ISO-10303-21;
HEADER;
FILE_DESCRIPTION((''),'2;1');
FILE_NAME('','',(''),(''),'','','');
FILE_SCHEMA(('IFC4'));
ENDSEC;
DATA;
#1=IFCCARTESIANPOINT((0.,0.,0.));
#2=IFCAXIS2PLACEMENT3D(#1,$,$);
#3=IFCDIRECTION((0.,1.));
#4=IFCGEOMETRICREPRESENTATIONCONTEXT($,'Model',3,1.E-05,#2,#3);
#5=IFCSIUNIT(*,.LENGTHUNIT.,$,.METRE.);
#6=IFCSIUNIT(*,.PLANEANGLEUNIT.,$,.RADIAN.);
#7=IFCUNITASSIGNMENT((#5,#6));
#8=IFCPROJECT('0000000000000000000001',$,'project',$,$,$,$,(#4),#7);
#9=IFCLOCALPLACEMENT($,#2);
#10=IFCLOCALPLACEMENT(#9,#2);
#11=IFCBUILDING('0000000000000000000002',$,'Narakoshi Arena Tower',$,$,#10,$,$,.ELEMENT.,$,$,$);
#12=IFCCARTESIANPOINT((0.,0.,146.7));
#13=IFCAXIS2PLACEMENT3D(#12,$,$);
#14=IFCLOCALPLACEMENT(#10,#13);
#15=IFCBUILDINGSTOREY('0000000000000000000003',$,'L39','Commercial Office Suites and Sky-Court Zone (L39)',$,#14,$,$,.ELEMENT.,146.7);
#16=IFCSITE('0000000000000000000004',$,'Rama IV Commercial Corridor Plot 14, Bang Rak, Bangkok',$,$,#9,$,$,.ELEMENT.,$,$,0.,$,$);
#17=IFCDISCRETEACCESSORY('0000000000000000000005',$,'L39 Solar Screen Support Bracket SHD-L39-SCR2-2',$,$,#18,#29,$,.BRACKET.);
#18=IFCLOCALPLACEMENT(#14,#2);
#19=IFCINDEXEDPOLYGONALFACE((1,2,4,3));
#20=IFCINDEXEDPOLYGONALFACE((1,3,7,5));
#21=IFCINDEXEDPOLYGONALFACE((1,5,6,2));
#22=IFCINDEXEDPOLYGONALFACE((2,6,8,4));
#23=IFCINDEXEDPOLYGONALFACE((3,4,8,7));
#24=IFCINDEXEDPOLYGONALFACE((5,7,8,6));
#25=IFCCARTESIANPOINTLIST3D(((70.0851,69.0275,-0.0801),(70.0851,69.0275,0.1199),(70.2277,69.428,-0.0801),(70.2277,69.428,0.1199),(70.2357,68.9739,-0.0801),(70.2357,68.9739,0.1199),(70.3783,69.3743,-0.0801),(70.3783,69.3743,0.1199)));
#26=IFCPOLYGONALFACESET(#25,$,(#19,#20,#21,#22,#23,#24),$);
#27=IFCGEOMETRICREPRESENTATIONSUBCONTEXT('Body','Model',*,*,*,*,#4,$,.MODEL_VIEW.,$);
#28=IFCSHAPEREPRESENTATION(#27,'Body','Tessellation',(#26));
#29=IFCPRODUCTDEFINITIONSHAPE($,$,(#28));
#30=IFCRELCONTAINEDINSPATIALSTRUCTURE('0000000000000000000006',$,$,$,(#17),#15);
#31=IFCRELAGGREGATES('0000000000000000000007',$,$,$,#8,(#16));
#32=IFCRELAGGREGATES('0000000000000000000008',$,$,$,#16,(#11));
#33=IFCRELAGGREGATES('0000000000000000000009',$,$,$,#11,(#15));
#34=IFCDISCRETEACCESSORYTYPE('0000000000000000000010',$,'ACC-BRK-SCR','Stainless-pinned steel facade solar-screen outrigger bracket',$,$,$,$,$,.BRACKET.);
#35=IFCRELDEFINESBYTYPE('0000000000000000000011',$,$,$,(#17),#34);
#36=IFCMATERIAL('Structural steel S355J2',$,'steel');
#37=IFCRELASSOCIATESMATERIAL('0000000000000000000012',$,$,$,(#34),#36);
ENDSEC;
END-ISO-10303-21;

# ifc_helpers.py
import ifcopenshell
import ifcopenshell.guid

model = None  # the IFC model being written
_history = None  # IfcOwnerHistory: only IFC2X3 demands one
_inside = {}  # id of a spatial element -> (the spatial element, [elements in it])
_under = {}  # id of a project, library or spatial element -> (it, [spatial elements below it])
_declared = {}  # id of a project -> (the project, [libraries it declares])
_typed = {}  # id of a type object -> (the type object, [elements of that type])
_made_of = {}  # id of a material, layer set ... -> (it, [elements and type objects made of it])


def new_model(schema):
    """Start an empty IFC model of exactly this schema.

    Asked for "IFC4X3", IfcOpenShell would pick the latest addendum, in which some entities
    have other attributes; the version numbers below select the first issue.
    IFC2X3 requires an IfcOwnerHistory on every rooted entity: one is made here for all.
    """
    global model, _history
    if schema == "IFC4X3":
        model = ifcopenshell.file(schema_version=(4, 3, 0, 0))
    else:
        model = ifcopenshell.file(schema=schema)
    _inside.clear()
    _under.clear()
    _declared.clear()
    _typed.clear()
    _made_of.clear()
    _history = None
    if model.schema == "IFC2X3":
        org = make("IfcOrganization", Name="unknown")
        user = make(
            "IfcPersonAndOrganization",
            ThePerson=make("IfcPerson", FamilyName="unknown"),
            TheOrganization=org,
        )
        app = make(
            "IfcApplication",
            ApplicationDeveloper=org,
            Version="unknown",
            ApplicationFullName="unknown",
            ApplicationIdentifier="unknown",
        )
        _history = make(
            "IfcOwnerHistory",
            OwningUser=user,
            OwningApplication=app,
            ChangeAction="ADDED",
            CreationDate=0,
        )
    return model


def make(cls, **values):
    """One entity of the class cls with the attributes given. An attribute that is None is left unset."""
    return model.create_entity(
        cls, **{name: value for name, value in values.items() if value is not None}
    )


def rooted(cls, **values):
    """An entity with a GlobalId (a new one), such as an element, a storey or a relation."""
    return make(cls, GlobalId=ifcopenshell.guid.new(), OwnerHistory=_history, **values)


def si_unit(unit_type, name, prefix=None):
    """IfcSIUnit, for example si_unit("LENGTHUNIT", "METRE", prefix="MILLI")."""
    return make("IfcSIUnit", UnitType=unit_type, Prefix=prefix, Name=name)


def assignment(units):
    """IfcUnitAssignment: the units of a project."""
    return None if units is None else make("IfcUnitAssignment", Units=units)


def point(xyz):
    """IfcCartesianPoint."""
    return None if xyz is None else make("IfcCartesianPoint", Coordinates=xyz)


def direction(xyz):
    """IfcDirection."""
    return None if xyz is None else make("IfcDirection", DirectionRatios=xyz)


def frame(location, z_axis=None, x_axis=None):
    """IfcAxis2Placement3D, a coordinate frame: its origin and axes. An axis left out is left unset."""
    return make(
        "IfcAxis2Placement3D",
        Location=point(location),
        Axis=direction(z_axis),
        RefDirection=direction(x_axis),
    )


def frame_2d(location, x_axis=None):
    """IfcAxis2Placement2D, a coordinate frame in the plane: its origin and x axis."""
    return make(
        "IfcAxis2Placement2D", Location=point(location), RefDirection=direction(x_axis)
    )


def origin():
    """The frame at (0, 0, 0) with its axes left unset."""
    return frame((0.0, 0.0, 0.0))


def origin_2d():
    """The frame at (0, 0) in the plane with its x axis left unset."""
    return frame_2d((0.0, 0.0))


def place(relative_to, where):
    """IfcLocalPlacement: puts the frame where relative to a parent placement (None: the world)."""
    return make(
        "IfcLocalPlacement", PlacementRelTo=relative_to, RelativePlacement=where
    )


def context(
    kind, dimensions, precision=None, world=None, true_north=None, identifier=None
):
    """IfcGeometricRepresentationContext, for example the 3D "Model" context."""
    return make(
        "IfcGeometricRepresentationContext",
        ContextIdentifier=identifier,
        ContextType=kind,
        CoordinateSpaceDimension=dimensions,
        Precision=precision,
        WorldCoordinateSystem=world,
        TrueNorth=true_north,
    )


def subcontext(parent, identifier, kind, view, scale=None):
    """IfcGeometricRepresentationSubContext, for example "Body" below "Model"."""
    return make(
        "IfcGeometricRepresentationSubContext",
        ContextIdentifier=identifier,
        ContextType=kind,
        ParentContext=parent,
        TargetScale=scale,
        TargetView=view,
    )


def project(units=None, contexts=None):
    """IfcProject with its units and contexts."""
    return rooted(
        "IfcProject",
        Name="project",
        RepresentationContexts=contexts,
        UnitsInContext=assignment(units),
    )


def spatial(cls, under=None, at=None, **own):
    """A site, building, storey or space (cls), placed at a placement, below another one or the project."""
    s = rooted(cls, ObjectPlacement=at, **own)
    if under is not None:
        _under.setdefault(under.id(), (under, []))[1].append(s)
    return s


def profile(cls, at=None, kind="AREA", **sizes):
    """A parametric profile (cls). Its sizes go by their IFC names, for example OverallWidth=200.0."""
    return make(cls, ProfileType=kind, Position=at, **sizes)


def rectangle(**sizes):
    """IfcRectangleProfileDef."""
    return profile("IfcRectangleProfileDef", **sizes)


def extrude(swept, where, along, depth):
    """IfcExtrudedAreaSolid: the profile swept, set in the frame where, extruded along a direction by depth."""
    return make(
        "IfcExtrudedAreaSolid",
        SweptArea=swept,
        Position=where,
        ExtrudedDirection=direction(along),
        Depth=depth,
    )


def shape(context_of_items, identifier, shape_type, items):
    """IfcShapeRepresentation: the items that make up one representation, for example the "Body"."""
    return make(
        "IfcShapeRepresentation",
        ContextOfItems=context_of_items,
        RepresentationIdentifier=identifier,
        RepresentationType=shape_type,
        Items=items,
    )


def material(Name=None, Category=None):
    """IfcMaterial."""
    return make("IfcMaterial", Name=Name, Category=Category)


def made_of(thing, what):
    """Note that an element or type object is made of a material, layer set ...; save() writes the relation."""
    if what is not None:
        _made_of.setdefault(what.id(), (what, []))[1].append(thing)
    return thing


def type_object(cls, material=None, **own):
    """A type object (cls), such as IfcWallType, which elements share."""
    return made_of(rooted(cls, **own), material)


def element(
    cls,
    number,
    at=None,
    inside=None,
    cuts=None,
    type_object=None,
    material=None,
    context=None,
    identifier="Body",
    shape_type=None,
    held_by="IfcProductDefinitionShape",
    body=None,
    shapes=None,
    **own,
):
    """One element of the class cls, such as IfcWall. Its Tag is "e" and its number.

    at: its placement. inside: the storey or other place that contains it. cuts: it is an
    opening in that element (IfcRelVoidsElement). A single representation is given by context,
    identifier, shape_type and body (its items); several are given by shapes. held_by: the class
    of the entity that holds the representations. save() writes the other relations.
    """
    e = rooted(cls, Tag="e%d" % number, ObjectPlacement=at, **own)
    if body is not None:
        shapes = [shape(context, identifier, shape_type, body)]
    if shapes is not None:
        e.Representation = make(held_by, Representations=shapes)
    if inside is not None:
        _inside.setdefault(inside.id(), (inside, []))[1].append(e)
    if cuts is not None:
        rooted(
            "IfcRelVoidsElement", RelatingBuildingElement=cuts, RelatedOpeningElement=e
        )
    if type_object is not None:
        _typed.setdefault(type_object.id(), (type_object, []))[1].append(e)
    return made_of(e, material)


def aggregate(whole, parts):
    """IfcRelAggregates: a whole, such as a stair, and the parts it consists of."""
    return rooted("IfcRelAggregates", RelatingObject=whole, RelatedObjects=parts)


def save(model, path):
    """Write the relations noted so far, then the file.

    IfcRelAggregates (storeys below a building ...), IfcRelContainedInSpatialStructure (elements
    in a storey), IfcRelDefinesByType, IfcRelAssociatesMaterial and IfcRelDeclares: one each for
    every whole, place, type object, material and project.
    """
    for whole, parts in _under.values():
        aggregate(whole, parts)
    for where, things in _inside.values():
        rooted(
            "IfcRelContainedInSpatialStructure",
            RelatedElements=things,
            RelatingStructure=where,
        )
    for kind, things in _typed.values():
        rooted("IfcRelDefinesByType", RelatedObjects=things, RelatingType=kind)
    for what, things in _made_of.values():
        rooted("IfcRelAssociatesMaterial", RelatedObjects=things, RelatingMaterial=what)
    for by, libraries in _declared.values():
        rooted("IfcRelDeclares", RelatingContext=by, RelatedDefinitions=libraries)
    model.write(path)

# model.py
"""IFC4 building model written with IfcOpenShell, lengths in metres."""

from ifc_helpers import new_model, si_unit, direction, frame, origin, origin_2d, place, context, subcontext, project, spatial, rectangle, extrude, material, type_object, element, save


model = new_model("IFC4")

# Units and contexts
model_context = context("Model", 3, precision=1e-05, world=origin(), true_north=direction((0.0, 1.0)))
body_context = subcontext(model_context, "Body", "Model", "MODEL_VIEW")
ifc_project = project(units=[si_unit("LENGTHUNIT", "METRE"), si_unit("PLANEANGLEUNIT", "RADIAN")], contexts=[model_context])

# Site, building, storey
site_placement = place(None, origin())
site = spatial("IfcSite", under=ifc_project, at=site_placement, Name="Rama IV Commercial Corridor Plot 14, Bang Rak, Bangkok", CompositionType="ELEMENT", RefElevation=0.0)
building_placement = place(site_placement, origin())
building = spatial("IfcBuilding", under=site, at=building_placement, Name="Narakoshi Arena Tower", CompositionType="ELEMENT")
storey_placement = place(building_placement, frame((0.0, 0.0, 146.7)))
storey = spatial("IfcBuildingStorey", under=building, at=storey_placement, Name="L39", Description="Commercial Office Suites and Sky-Court Zone (L39)", CompositionType="ELEMENT", Elevation=146.7)

# Shared definitions
ifc_material_1 = material(Name="Structural steel S355J2", Category="steel")

# Discrete accessory
discrete_accessory_type = type_object("IfcDiscreteAccessoryType", Name="ACC-BRK-SCR", Description="Stainless-pinned steel facade solar-screen outrigger bracket", PredefinedType="BRACKET", material=ifc_material_1)
discrete_accessory_placement = place(storey_placement, frame((70.2317, 69.2009, -0.0801), z_axis=(0.0, 0.0, 1.0), x_axis=(-0.942034, 0.335517, 0.0)))
element("IfcDiscreteAccessory", 1, at=discrete_accessory_placement, inside=storey, type_object=discrete_accessory_type, Name="L39 Solar Screen Support Bracket SHD-L39-SCR2-2", PredefinedType="BRACKET", context=body_context, shape_type="SweptSolid", body=[
    extrude(rectangle(XDim=0.1599, YDim=0.425, at=origin_2d()), origin(), (0.0, 0.0, 1.0), 0.2),
])

save(model, "model.ifc")
